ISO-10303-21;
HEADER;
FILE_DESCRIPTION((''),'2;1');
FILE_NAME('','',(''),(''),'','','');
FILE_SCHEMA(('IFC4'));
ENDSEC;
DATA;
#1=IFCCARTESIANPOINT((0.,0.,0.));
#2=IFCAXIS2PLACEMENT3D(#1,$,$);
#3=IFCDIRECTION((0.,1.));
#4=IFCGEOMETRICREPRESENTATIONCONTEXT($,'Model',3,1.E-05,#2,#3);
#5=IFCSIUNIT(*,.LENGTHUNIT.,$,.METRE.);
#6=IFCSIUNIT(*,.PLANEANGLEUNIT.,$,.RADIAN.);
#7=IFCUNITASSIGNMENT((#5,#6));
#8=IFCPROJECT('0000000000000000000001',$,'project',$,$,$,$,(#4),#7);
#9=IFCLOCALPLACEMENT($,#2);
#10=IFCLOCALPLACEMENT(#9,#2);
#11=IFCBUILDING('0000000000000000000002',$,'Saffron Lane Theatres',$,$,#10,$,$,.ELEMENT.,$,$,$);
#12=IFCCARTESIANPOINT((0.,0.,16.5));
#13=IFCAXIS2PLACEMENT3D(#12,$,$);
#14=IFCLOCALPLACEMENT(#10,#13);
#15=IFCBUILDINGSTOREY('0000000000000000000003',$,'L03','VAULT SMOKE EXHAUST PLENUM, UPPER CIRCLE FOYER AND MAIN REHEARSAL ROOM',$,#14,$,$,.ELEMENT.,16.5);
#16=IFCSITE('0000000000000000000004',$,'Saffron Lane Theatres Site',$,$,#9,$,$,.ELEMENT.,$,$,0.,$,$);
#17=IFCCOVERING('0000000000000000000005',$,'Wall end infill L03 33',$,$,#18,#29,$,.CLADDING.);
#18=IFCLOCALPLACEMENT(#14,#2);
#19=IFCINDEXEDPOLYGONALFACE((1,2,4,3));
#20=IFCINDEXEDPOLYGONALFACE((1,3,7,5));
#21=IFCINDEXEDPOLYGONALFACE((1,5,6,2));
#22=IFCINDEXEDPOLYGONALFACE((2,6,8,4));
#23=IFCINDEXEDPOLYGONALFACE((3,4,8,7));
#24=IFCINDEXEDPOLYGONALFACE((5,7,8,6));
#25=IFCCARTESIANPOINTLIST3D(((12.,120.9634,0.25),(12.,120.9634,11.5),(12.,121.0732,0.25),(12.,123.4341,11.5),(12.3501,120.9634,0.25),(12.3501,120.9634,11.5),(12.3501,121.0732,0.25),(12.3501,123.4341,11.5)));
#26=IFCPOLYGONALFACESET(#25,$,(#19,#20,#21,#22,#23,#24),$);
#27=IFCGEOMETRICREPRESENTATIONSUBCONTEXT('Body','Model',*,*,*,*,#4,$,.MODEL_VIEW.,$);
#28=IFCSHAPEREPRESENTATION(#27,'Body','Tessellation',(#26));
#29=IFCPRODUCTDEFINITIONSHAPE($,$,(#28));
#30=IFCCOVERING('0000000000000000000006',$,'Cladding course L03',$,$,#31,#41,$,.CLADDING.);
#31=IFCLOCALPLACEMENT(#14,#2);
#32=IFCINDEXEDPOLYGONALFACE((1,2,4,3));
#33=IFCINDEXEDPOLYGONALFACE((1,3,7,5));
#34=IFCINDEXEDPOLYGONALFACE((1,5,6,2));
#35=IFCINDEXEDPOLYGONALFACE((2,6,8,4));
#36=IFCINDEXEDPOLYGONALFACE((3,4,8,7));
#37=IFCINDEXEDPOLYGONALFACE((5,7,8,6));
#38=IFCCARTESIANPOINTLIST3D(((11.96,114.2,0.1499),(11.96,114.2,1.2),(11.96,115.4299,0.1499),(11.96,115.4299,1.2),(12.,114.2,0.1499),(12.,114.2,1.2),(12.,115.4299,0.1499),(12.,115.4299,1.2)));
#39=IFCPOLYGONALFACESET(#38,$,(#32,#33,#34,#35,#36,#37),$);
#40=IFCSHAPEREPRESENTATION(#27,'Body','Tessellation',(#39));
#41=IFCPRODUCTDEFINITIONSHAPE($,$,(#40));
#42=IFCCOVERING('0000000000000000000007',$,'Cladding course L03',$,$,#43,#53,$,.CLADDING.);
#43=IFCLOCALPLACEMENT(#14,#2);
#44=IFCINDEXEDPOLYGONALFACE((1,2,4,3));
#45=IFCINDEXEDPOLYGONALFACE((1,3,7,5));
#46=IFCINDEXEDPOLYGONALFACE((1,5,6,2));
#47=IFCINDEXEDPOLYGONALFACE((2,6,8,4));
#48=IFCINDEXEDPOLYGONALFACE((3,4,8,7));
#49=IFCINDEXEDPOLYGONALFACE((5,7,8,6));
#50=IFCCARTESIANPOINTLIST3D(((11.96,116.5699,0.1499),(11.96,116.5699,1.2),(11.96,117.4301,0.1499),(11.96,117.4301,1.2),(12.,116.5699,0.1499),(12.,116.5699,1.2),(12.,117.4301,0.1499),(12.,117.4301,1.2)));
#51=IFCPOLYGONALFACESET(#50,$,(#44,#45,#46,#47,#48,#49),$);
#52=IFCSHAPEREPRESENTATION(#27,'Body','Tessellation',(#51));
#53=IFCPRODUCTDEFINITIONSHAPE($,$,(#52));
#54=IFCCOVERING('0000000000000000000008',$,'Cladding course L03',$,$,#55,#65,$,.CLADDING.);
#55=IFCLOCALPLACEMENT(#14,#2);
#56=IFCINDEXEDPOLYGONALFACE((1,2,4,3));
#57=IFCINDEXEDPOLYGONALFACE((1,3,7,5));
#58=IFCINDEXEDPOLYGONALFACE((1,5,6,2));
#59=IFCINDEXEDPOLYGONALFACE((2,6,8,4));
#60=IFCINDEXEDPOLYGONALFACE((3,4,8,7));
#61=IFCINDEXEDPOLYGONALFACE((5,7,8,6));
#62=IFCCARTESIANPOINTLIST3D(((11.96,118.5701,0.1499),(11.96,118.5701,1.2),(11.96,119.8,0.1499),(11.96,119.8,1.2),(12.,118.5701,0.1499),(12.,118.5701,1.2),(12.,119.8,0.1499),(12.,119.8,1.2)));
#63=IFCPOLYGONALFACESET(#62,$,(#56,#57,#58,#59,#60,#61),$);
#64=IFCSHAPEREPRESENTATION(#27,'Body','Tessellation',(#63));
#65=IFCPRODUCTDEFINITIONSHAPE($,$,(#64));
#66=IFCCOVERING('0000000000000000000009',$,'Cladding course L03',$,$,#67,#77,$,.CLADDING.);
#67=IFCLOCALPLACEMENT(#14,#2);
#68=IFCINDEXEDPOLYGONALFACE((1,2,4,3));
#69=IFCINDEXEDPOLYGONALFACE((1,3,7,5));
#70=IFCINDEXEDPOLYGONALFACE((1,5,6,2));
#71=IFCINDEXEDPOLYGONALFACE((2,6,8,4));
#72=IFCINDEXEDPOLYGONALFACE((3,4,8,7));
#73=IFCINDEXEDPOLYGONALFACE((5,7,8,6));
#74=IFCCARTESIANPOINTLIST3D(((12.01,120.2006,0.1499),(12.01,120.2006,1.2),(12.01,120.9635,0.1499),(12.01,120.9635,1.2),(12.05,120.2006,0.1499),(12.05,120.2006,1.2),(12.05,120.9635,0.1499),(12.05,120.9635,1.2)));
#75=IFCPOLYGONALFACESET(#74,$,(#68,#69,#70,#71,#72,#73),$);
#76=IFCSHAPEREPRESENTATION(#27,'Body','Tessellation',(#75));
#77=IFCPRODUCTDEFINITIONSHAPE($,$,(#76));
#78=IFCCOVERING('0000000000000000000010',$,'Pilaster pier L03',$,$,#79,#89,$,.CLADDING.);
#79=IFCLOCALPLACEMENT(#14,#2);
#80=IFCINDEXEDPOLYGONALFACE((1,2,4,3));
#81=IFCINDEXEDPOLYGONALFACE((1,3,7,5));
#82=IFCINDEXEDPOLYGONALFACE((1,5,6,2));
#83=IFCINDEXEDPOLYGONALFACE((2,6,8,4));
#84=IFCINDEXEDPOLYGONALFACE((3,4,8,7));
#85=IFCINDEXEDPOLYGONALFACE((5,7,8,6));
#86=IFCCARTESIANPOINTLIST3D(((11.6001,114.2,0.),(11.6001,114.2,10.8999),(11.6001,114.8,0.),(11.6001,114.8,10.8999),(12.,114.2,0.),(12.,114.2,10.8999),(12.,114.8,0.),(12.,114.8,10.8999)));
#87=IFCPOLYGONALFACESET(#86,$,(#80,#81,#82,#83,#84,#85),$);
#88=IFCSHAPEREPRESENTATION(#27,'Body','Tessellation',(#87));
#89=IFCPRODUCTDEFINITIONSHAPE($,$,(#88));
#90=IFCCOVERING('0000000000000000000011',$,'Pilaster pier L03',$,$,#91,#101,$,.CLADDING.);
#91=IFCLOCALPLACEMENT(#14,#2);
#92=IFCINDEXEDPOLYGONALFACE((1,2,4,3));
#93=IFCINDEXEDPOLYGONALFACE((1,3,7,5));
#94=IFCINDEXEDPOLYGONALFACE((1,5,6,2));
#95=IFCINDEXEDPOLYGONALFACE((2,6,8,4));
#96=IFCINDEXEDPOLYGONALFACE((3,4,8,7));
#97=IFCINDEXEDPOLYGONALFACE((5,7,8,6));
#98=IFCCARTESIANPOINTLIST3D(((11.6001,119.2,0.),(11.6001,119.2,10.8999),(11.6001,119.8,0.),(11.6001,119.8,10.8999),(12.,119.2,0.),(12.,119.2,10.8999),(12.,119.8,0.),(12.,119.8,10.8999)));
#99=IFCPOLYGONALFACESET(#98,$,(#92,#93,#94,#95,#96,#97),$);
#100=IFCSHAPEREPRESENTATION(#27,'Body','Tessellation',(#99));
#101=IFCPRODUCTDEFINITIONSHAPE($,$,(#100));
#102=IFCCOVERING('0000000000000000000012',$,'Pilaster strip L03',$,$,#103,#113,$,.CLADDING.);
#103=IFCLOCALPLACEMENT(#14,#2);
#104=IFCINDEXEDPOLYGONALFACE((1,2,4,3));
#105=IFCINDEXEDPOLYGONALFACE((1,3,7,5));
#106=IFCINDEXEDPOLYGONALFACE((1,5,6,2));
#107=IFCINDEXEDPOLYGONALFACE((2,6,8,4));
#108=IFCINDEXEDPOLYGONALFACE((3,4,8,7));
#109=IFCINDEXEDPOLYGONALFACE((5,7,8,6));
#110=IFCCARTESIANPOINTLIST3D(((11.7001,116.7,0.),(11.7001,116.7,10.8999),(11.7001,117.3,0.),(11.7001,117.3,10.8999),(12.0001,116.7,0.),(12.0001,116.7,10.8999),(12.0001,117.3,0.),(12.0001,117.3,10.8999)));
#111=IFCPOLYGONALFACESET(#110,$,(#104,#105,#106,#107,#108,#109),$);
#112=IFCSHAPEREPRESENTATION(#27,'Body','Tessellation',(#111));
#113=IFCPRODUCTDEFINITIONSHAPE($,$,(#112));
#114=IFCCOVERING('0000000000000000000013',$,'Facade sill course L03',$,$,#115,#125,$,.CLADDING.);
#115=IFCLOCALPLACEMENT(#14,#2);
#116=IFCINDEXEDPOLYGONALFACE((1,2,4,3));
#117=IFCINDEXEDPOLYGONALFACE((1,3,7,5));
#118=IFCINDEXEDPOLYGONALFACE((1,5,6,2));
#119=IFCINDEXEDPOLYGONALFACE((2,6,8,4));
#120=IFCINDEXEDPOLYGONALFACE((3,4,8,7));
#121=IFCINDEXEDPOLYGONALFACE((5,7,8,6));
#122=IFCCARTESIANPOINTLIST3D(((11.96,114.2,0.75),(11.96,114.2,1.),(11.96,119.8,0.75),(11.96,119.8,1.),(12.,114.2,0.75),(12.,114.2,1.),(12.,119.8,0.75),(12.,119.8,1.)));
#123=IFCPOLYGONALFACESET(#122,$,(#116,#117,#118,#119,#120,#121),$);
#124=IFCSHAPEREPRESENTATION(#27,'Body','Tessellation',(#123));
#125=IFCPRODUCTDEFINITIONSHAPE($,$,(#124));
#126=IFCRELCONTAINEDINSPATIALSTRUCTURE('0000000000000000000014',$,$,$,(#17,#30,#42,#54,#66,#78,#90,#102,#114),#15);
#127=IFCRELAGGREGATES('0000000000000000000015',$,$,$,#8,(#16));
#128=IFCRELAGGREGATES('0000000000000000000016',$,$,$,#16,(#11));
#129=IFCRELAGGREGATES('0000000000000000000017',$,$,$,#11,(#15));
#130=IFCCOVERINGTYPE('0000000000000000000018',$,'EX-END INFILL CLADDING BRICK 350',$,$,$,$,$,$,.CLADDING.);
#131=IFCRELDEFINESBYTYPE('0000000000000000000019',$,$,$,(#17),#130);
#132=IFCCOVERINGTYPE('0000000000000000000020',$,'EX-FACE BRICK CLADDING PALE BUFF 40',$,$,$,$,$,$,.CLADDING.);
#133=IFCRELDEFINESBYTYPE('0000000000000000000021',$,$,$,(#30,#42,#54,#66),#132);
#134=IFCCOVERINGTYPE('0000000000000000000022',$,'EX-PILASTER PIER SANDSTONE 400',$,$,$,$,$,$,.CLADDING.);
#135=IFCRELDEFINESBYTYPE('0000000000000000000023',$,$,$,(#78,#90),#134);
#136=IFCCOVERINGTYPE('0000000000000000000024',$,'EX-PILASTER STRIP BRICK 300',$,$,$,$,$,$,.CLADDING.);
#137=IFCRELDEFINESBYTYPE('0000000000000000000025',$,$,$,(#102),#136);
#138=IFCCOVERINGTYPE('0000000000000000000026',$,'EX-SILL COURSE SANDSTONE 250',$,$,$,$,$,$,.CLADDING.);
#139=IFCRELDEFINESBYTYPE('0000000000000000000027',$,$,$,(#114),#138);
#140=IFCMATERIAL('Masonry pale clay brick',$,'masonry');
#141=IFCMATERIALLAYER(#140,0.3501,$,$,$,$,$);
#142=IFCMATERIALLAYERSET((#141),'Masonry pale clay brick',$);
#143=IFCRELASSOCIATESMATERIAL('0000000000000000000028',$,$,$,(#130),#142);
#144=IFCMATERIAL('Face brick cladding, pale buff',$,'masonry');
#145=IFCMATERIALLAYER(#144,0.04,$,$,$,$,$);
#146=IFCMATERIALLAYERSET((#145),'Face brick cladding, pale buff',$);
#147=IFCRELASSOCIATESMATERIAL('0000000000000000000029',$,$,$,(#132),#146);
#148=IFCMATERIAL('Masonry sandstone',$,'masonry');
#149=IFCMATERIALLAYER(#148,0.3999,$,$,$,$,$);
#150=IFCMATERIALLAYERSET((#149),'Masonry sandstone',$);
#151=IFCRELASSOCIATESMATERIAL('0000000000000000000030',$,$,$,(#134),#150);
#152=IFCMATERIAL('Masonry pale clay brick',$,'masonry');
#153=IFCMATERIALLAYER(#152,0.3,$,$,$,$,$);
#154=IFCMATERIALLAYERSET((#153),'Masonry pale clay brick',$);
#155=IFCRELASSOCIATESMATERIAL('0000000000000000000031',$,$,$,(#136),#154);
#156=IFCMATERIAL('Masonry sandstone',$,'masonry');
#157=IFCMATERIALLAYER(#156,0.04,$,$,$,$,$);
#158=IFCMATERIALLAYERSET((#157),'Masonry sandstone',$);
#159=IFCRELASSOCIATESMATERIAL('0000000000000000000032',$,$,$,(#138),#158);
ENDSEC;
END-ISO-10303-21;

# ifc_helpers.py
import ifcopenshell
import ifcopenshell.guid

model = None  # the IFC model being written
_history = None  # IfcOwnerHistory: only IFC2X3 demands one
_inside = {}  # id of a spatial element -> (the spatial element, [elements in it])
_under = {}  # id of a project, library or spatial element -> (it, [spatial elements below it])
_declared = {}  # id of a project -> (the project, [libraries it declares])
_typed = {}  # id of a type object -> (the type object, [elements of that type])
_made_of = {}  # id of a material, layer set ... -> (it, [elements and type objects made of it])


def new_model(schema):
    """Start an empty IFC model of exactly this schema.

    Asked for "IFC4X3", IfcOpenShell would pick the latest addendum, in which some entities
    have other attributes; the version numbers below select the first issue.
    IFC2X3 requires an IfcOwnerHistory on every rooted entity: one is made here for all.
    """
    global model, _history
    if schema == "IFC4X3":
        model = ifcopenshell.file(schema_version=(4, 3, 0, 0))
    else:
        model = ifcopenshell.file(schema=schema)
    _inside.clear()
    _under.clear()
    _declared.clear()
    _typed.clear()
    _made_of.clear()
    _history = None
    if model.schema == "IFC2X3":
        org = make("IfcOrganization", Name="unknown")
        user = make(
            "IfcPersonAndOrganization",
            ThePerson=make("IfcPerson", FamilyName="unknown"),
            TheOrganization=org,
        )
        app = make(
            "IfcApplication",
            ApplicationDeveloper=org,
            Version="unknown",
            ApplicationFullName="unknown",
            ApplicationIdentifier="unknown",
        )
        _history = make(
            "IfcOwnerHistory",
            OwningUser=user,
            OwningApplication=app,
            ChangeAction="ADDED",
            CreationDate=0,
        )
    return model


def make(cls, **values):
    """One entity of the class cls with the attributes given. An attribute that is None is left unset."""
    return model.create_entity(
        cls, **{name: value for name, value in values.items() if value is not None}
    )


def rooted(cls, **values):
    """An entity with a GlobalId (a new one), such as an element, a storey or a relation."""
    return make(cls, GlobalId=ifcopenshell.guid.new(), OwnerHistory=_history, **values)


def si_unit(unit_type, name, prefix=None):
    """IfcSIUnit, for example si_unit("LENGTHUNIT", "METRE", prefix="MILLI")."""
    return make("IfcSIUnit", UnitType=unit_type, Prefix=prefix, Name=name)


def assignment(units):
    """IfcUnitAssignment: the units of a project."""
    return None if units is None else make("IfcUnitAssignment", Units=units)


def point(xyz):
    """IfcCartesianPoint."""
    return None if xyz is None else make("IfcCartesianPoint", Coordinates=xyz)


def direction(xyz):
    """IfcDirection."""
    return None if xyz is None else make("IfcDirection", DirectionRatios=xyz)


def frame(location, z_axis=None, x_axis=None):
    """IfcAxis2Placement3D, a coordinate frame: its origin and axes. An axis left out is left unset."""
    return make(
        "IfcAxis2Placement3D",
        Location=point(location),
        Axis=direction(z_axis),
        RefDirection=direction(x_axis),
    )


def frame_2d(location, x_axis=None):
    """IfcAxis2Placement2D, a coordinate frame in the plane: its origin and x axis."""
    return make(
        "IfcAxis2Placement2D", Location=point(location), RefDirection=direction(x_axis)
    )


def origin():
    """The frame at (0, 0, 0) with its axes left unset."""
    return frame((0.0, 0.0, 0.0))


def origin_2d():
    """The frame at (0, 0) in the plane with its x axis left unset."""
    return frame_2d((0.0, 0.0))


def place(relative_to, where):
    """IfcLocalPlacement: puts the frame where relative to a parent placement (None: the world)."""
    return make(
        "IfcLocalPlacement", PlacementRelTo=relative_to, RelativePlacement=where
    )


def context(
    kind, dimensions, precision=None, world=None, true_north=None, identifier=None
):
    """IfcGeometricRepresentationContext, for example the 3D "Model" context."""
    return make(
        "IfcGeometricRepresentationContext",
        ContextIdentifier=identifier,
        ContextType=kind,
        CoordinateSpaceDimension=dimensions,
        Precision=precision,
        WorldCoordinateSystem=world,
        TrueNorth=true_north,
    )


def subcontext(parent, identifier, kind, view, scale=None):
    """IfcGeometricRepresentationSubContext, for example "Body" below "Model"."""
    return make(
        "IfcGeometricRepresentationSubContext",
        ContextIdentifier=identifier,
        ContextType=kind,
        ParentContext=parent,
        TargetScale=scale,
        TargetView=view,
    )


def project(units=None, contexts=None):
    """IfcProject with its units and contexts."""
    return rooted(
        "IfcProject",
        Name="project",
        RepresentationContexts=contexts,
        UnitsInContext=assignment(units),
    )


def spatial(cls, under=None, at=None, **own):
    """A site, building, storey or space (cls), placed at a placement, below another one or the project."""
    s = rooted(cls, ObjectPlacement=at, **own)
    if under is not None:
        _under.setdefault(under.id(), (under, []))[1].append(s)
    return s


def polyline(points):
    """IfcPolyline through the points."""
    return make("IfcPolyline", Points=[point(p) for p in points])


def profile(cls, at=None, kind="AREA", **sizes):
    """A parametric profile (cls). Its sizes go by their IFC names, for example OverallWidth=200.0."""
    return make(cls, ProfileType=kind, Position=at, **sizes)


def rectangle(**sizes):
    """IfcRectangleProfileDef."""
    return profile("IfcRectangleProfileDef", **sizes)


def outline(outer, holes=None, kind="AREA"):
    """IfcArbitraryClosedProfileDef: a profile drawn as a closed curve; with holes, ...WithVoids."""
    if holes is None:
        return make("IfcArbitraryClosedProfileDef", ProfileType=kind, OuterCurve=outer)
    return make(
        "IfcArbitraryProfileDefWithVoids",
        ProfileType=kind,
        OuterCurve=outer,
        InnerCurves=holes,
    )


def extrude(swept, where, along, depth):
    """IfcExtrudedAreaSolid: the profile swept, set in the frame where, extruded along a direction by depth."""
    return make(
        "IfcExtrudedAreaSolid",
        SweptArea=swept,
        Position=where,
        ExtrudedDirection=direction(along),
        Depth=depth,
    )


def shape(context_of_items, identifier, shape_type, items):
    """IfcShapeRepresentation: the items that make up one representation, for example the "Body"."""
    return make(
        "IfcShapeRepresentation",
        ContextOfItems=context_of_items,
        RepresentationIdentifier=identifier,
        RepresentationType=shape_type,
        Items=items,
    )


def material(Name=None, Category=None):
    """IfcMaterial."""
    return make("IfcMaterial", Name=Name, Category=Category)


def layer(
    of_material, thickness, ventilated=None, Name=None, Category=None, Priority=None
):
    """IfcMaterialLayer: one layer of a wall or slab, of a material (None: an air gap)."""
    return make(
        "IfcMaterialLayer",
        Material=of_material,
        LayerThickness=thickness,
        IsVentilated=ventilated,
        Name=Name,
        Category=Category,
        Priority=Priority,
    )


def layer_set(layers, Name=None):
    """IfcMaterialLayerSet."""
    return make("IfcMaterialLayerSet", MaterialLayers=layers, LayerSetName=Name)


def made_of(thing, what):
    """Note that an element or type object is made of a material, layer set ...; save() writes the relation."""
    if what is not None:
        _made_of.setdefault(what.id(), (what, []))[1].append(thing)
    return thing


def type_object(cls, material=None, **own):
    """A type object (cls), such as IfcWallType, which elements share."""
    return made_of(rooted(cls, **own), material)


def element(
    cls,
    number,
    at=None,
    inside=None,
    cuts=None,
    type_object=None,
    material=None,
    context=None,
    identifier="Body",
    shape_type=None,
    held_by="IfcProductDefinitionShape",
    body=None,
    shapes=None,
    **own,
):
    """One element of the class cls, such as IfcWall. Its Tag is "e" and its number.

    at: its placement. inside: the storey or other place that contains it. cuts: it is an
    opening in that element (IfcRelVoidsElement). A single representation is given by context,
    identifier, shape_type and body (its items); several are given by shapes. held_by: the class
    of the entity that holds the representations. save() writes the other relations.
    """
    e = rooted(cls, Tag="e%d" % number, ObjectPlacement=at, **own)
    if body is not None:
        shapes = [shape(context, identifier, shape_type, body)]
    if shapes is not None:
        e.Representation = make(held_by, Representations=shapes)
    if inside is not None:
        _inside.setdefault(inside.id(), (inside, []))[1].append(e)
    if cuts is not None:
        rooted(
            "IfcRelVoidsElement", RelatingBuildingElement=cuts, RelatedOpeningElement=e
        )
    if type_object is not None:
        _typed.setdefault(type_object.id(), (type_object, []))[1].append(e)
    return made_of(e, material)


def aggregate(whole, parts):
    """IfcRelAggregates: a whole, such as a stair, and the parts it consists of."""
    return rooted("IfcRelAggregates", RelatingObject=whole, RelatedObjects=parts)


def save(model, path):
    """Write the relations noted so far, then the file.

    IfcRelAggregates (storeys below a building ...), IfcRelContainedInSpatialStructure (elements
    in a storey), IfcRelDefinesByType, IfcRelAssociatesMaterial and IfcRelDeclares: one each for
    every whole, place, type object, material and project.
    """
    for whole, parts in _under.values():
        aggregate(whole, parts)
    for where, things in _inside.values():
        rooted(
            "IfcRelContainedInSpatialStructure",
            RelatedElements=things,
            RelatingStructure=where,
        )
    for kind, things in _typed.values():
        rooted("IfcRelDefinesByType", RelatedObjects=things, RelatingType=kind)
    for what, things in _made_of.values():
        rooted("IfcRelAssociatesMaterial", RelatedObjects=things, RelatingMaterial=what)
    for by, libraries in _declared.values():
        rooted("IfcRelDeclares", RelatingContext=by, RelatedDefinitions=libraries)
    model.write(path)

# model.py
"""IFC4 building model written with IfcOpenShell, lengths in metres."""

from ifc_helpers import new_model, si_unit, direction, frame, origin, origin_2d, place, context, subcontext, project, spatial, polyline, rectangle, outline, extrude, material, layer, layer_set, type_object, element, save


model = new_model("IFC4")

# Units and contexts
model_context = context("Model", 3, precision=1e-05, world=origin(), true_north=direction((0.0, 1.0)))
body_context = subcontext(model_context, "Body", "Model", "MODEL_VIEW")
ifc_project = project(units=[si_unit("LENGTHUNIT", "METRE"), si_unit("PLANEANGLEUNIT", "RADIAN")], contexts=[model_context])

# Site, building, storey
site_placement = place(None, origin())
site = spatial("IfcSite", under=ifc_project, at=site_placement, Name="Saffron Lane Theatres Site", CompositionType="ELEMENT", RefElevation=0.0)
building_placement = place(site_placement, origin())
building = spatial("IfcBuilding", under=site, at=building_placement, Name="Saffron Lane Theatres", CompositionType="ELEMENT")
storey_placement = place(building_placement, frame((0.0, 0.0, 16.5)))
storey = spatial("IfcBuildingStorey", under=building, at=storey_placement, Name="L03", Description="VAULT SMOKE EXHAUST PLENUM, UPPER CIRCLE FOYER AND MAIN REHEARSAL ROOM", CompositionType="ELEMENT", Elevation=16.5)

# Coverings
ifc_material_1 = material(Name="Masonry pale clay brick", Category="masonry")
ifc_layer_1 = layer(ifc_material_1, 0.3501)
ifc_layer_set_1 = layer_set([ifc_layer_1], Name="Masonry pale clay brick")
covering_type_1 = type_object("IfcCoveringType", Name="EX-END INFILL CLADDING BRICK 350", PredefinedType="CLADDING", material=ifc_layer_set_1)
covering_1_placement = place(storey_placement, frame((12.0, 120.9634, 0.25), z_axis=(-1.0, 0.0, 0.0), x_axis=(0.0, 0.0, 1.0)))
element("IfcCovering", 1, at=covering_1_placement, inside=storey, type_object=covering_type_1, Name="Wall end infill L03 33", PredefinedType="CLADDING", context=body_context, shape_type="SweptSolid", body=[
    extrude(outline(polyline([(0.0, 0.0), (11.25, 0.0), (11.25, 2.4707), (0.0, 0.1099), (0.0, 0.0)])), origin(), (0.0, 0.0, -1.0), 0.3501),
])
ifc_material_2 = material(Name="Face brick cladding, pale buff", Category="masonry")
ifc_layer_2 = layer(ifc_material_2, 0.04)
ifc_layer_set_2 = layer_set([ifc_layer_2], Name="Face brick cladding, pale buff")
covering_type_2 = type_object("IfcCoveringType", Name="EX-FACE BRICK CLADDING PALE BUFF 40", PredefinedType="CLADDING", material=ifc_layer_set_2)
covering_2_placement = place(storey_placement, frame((11.98, 114.8149, 0.1499), z_axis=(0.0, 0.0, 1.0), x_axis=(0.0, 1.0, 0.0)))
element("IfcCovering", 2, at=covering_2_placement, inside=storey, type_object=covering_type_2, Name="Cladding course L03", PredefinedType="CLADDING", context=body_context, shape_type="SweptSolid", body=[
    extrude(rectangle(XDim=1.23, YDim=0.04, at=origin_2d()), origin(), (0.0, 0.0, 1.0), 1.05),
])
covering_3_placement = place(storey_placement, frame((11.98, 117.0, 0.1499), z_axis=(0.0, 0.0, 1.0), x_axis=(0.0, 1.0, 0.0)))
element("IfcCovering", 3, at=covering_3_placement, inside=storey, type_object=covering_type_2, Name="Cladding course L03", PredefinedType="CLADDING", context=body_context, shape_type="SweptSolid", body=[
    extrude(rectangle(XDim=0.8601, YDim=0.04, at=origin_2d()), origin(), (0.0, 0.0, 1.0), 1.05),
])
covering_4_placement = place(storey_placement, frame((11.98, 119.1851, 0.1499), z_axis=(0.0, 0.0, 1.0), x_axis=(0.0, 1.0, 0.0)))
element("IfcCovering", 4, at=covering_4_placement, inside=storey, type_object=covering_type_2, Name="Cladding course L03", PredefinedType="CLADDING", context=body_context, shape_type="SweptSolid", body=[
    extrude(rectangle(XDim=1.23, YDim=0.04, at=origin_2d()), origin(), (0.0, 0.0, 1.0), 1.05),
])
covering_5_placement = place(storey_placement, frame((12.03, 120.582, 0.1499), z_axis=(0.0, 0.0, 1.0), x_axis=(0.0, 1.0, 0.0)))
element("IfcCovering", 5, at=covering_5_placement, inside=storey, type_object=covering_type_2, Name="Cladding course L03", PredefinedType="CLADDING", context=body_context, shape_type="SweptSolid", body=[
    extrude(rectangle(XDim=0.7629, YDim=0.04, at=origin_2d()), origin(), (0.0, 0.0, 1.0), 1.05),
])
ifc_material_3 = material(Name="Masonry sandstone", Category="masonry")
ifc_layer_3 = layer(ifc_material_3, 0.3999)
ifc_layer_set_3 = layer_set([ifc_layer_3], Name="Masonry sandstone")
covering_type_3 = type_object("IfcCoveringType", Name="EX-PILASTER PIER SANDSTONE 400", PredefinedType="CLADDING", material=ifc_layer_set_3)
for number, where, z_axis, x_axis, name in (
    (6, (11.8, 114.5, 0.0), (0.0, 0.0, 1.0), (0.0, 1.0, 0.0), "Pilaster pier L03"),
    (7, (11.8, 119.5, 0.0), (0.0, 0.0, 1.0), (0.0, 1.0, 0.0), "Pilaster pier L03"),
):
    element("IfcCovering", number, at=place(storey_placement, frame(where, z_axis=z_axis, x_axis=x_axis)), inside=storey, type_object=covering_type_3, Name=name, PredefinedType="CLADDING", context=body_context, shape_type="SweptSolid", body=[
        extrude(rectangle(XDim=0.6001, YDim=0.3999, at=origin_2d()), origin(), (0.0, 0.0, 1.0), 10.8999),
    ])
ifc_material_4 = material(Name="Masonry pale clay brick", Category="masonry")
ifc_layer_4 = layer(ifc_material_4, 0.3)
ifc_layer_set_4 = layer_set([ifc_layer_4], Name="Masonry pale clay brick")
covering_type_4 = type_object("IfcCoveringType", Name="EX-PILASTER STRIP BRICK 300", PredefinedType="CLADDING", material=ifc_layer_set_4)
covering_6_placement = place(storey_placement, frame((11.8501, 117.0, 0.0), z_axis=(0.0, 0.0, 1.0), x_axis=(0.0, 1.0, 0.0)))
element("IfcCovering", 8, at=covering_6_placement, inside=storey, type_object=covering_type_4, Name="Pilaster strip L03", PredefinedType="CLADDING", context=body_context, shape_type="SweptSolid", body=[
    extrude(rectangle(XDim=0.6001, YDim=0.3, at=origin_2d()), origin(), (0.0, 0.0, 1.0), 10.8999),
])
ifc_material_5 = material(Name="Masonry sandstone", Category="masonry")
ifc_layer_5 = layer(ifc_material_5, 0.04)
ifc_layer_set_5 = layer_set([ifc_layer_5], Name="Masonry sandstone")
covering_type_5 = type_object("IfcCoveringType", Name="EX-SILL COURSE SANDSTONE 250", PredefinedType="CLADDING", material=ifc_layer_set_5)
covering_7_placement = place(storey_placement, frame((11.98, 117.0, 0.75), z_axis=(0.0, 0.0, 1.0), x_axis=(0.0, 1.0, 0.0)))
element("IfcCovering", 9, at=covering_7_placement, inside=storey, type_object=covering_type_5, Name="Facade sill course L03", PredefinedType="CLADDING", context=body_context, shape_type="SweptSolid", body=[
    extrude(rectangle(XDim=5.6001, YDim=0.04, at=origin_2d()), origin(), (0.0, 0.0, 1.0), 0.25),
])

save(model, "model.ifc")
